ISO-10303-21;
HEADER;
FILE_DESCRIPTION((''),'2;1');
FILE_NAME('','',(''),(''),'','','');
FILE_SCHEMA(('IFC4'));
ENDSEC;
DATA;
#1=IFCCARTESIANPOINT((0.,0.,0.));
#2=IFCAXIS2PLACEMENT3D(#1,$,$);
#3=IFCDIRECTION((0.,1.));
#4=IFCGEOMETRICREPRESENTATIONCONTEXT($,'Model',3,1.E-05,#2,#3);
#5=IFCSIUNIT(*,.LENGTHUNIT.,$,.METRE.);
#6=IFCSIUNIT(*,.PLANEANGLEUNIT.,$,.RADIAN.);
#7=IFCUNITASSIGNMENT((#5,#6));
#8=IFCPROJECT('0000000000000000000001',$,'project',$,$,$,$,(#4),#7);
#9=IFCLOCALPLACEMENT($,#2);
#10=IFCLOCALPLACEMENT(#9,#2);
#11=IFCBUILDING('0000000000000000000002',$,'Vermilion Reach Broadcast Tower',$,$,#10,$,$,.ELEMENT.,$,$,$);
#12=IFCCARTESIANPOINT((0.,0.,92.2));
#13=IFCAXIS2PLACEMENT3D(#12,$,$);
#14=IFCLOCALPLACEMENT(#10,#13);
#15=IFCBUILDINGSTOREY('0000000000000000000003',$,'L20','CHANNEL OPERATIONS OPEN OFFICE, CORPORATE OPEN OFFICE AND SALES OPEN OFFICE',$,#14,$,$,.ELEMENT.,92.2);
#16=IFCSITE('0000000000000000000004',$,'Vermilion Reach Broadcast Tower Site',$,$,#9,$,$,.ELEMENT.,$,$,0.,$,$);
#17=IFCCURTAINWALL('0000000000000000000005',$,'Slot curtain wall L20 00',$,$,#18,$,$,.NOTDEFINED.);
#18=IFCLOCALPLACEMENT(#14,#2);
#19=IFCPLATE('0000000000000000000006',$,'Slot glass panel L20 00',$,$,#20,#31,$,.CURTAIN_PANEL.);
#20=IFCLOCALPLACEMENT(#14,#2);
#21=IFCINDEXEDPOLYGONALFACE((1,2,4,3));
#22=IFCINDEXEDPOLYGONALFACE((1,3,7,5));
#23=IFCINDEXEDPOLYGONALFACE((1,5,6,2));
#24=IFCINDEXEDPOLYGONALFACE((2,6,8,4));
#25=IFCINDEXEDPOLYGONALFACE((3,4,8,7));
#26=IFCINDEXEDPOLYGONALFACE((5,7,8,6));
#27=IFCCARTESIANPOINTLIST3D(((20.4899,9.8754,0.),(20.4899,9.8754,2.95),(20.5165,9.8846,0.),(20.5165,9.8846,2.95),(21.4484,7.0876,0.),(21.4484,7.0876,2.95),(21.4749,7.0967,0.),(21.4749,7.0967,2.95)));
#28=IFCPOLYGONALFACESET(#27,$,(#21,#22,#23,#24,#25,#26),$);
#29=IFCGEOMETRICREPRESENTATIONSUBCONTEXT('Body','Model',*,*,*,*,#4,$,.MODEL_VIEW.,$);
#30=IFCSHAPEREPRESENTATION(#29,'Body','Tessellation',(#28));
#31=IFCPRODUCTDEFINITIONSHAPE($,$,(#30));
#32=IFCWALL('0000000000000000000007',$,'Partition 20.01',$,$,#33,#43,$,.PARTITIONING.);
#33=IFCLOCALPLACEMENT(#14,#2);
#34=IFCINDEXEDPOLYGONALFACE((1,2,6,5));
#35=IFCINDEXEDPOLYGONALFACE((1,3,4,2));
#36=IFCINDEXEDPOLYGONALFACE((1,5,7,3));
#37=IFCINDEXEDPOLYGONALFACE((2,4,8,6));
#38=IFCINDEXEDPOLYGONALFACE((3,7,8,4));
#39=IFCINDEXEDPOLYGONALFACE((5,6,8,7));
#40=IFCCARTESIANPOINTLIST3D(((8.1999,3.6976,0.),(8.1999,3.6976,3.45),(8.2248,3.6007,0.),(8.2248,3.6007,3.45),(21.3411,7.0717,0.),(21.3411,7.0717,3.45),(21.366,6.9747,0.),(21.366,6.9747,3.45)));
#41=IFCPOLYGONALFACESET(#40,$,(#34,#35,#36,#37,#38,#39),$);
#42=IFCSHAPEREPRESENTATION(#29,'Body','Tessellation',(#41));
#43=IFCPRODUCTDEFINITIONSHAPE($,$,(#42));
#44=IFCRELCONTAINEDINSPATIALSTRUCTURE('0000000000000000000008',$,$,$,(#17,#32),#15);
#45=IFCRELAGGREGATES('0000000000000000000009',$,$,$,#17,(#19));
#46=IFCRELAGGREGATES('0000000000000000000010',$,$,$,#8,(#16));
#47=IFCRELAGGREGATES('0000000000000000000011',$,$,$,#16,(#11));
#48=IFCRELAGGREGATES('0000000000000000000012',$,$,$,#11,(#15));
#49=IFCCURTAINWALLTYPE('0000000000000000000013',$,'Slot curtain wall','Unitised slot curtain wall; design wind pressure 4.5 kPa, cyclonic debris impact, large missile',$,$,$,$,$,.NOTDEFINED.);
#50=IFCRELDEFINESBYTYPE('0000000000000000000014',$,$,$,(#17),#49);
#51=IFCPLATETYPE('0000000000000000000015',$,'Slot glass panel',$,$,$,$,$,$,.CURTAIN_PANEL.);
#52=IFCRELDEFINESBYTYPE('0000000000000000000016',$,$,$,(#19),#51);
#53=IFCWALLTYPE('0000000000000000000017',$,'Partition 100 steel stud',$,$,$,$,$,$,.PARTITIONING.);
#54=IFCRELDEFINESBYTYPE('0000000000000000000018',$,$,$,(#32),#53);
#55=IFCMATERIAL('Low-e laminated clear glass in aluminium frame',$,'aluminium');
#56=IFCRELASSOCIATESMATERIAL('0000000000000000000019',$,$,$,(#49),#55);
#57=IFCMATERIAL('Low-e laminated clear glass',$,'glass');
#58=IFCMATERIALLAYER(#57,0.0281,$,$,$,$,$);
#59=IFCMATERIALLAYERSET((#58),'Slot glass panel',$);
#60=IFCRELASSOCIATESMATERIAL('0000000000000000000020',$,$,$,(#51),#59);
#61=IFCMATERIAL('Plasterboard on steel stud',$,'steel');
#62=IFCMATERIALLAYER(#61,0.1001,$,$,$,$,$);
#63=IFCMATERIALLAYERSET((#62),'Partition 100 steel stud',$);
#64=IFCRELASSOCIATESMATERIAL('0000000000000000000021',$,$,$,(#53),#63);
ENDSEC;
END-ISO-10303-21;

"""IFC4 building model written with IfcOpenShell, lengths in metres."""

from ifc_helpers import new_model, si_unit, direction, frame, frame_2d, origin, origin_2d, place, context, subcontext, project, spatial, rectangle, extrude, material, layer, layer_set, type_object, element, aggregate, save


model = new_model("IFC4")

# Units and contexts
model_context = context("Model", 3, precision=1e-05, world=origin(), true_north=direction((0.0, 1.0)))
body_context = subcontext(model_context, "Body", "Model", "MODEL_VIEW")
ifc_project = project(units=[si_unit("LENGTHUNIT", "METRE"), si_unit("PLANEANGLEUNIT", "RADIAN")], contexts=[model_context])

# Site, building, storey
site_placement = place(None, origin())
site = spatial("IfcSite", under=ifc_project, at=site_placement, Name="Vermilion Reach Broadcast Tower Site", CompositionType="ELEMENT", RefElevation=0.0)
building_placement = place(site_placement, origin())
building = spatial("IfcBuilding", under=site, at=building_placement, Name="Vermilion Reach Broadcast Tower", CompositionType="ELEMENT")
storey_placement = place(building_placement, frame((0.0, 0.0, 92.2)))
storey = spatial("IfcBuildingStorey", under=building, at=storey_placement, Name="L20", Description="CHANNEL OPERATIONS OPEN OFFICE, CORPORATE OPEN OFFICE AND SALES OPEN OFFICE", CompositionType="ELEMENT", Elevation=92.2)

# Curtain wall
ifc_material_1 = material(Name="Low-e laminated clear glass in aluminium frame", Category="aluminium")
curtain_wall_type = type_object("IfcCurtainWallType", Name="Slot curtain wall", Description="Unitised slot curtain wall; design wind pressure 4.5 kPa, cyclonic debris impact, large missile", PredefinedType="NOTDEFINED", material=ifc_material_1)
placement = place(storey_placement, origin())
curtain_wall_1 = element("IfcCurtainWall", 1, at=placement, inside=storey, type_object=curtain_wall_type, Name="Slot curtain wall L20 00", PredefinedType="NOTDEFINED")

# Plate
ifc_material_2 = material(Name="Low-e laminated clear glass", Category="glass")
ifc_layer_1 = layer(ifc_material_2, 0.0281)
ifc_layer_set_1 = layer_set([ifc_layer_1], Name="Slot glass panel")
plate_type = type_object("IfcPlateType", Name="Slot glass panel", PredefinedType="CURTAIN_PANEL", material=ifc_layer_set_1)
plate_1_placement = place(storey_placement, frame((20.9824, 8.4861, 0.0), z_axis=(0.0, 0.0, 1.0), x_axis=(-0.325126, 0.945671, 0.0)))
plate_1 = element("IfcPlate", 2, at=plate_1_placement, type_object=plate_type, Name="Slot glass panel L20 00", PredefinedType="CURTAIN_PANEL", context=body_context, shape_type="SweptSolid", body=[
    extrude(rectangle(XDim=2.948, YDim=0.0281, at=origin_2d()), origin(), (0.0, 0.0, 1.0), 2.95),
])
aggregate(curtain_wall_1, [plate_1])

# Wall
ifc_material_3 = material(Name="Plasterboard on steel stud", Category="steel")
ifc_layer_2 = layer(ifc_material_3, 0.1001)
ifc_layer_set_2 = layer_set([ifc_layer_2], Name="Partition 100 steel stud")
wall_type = type_object("IfcWallType", Name="Partition 100 steel stud", PredefinedType="PARTITIONING", material=ifc_layer_set_2)
wall_placement = place(storey_placement, frame((21.3535, 7.0232, 0.0), z_axis=(0.0, 0.0, 1.0), x_axis=(-0.968584, -0.248687, 0.0)))
element("IfcWall", 3, at=wall_placement, inside=storey, type_object=wall_type, Name="Partition 20.01", PredefinedType="PARTITIONING", context=body_context, shape_type="SweptSolid", body=[
    extrude(rectangle(XDim=13.5674, YDim=0.1001, at=frame_2d((6.7837, 0.0))), origin(), (0.0, 0.0, 1.0), 3.45),
])

save(model, "model.ifc")
